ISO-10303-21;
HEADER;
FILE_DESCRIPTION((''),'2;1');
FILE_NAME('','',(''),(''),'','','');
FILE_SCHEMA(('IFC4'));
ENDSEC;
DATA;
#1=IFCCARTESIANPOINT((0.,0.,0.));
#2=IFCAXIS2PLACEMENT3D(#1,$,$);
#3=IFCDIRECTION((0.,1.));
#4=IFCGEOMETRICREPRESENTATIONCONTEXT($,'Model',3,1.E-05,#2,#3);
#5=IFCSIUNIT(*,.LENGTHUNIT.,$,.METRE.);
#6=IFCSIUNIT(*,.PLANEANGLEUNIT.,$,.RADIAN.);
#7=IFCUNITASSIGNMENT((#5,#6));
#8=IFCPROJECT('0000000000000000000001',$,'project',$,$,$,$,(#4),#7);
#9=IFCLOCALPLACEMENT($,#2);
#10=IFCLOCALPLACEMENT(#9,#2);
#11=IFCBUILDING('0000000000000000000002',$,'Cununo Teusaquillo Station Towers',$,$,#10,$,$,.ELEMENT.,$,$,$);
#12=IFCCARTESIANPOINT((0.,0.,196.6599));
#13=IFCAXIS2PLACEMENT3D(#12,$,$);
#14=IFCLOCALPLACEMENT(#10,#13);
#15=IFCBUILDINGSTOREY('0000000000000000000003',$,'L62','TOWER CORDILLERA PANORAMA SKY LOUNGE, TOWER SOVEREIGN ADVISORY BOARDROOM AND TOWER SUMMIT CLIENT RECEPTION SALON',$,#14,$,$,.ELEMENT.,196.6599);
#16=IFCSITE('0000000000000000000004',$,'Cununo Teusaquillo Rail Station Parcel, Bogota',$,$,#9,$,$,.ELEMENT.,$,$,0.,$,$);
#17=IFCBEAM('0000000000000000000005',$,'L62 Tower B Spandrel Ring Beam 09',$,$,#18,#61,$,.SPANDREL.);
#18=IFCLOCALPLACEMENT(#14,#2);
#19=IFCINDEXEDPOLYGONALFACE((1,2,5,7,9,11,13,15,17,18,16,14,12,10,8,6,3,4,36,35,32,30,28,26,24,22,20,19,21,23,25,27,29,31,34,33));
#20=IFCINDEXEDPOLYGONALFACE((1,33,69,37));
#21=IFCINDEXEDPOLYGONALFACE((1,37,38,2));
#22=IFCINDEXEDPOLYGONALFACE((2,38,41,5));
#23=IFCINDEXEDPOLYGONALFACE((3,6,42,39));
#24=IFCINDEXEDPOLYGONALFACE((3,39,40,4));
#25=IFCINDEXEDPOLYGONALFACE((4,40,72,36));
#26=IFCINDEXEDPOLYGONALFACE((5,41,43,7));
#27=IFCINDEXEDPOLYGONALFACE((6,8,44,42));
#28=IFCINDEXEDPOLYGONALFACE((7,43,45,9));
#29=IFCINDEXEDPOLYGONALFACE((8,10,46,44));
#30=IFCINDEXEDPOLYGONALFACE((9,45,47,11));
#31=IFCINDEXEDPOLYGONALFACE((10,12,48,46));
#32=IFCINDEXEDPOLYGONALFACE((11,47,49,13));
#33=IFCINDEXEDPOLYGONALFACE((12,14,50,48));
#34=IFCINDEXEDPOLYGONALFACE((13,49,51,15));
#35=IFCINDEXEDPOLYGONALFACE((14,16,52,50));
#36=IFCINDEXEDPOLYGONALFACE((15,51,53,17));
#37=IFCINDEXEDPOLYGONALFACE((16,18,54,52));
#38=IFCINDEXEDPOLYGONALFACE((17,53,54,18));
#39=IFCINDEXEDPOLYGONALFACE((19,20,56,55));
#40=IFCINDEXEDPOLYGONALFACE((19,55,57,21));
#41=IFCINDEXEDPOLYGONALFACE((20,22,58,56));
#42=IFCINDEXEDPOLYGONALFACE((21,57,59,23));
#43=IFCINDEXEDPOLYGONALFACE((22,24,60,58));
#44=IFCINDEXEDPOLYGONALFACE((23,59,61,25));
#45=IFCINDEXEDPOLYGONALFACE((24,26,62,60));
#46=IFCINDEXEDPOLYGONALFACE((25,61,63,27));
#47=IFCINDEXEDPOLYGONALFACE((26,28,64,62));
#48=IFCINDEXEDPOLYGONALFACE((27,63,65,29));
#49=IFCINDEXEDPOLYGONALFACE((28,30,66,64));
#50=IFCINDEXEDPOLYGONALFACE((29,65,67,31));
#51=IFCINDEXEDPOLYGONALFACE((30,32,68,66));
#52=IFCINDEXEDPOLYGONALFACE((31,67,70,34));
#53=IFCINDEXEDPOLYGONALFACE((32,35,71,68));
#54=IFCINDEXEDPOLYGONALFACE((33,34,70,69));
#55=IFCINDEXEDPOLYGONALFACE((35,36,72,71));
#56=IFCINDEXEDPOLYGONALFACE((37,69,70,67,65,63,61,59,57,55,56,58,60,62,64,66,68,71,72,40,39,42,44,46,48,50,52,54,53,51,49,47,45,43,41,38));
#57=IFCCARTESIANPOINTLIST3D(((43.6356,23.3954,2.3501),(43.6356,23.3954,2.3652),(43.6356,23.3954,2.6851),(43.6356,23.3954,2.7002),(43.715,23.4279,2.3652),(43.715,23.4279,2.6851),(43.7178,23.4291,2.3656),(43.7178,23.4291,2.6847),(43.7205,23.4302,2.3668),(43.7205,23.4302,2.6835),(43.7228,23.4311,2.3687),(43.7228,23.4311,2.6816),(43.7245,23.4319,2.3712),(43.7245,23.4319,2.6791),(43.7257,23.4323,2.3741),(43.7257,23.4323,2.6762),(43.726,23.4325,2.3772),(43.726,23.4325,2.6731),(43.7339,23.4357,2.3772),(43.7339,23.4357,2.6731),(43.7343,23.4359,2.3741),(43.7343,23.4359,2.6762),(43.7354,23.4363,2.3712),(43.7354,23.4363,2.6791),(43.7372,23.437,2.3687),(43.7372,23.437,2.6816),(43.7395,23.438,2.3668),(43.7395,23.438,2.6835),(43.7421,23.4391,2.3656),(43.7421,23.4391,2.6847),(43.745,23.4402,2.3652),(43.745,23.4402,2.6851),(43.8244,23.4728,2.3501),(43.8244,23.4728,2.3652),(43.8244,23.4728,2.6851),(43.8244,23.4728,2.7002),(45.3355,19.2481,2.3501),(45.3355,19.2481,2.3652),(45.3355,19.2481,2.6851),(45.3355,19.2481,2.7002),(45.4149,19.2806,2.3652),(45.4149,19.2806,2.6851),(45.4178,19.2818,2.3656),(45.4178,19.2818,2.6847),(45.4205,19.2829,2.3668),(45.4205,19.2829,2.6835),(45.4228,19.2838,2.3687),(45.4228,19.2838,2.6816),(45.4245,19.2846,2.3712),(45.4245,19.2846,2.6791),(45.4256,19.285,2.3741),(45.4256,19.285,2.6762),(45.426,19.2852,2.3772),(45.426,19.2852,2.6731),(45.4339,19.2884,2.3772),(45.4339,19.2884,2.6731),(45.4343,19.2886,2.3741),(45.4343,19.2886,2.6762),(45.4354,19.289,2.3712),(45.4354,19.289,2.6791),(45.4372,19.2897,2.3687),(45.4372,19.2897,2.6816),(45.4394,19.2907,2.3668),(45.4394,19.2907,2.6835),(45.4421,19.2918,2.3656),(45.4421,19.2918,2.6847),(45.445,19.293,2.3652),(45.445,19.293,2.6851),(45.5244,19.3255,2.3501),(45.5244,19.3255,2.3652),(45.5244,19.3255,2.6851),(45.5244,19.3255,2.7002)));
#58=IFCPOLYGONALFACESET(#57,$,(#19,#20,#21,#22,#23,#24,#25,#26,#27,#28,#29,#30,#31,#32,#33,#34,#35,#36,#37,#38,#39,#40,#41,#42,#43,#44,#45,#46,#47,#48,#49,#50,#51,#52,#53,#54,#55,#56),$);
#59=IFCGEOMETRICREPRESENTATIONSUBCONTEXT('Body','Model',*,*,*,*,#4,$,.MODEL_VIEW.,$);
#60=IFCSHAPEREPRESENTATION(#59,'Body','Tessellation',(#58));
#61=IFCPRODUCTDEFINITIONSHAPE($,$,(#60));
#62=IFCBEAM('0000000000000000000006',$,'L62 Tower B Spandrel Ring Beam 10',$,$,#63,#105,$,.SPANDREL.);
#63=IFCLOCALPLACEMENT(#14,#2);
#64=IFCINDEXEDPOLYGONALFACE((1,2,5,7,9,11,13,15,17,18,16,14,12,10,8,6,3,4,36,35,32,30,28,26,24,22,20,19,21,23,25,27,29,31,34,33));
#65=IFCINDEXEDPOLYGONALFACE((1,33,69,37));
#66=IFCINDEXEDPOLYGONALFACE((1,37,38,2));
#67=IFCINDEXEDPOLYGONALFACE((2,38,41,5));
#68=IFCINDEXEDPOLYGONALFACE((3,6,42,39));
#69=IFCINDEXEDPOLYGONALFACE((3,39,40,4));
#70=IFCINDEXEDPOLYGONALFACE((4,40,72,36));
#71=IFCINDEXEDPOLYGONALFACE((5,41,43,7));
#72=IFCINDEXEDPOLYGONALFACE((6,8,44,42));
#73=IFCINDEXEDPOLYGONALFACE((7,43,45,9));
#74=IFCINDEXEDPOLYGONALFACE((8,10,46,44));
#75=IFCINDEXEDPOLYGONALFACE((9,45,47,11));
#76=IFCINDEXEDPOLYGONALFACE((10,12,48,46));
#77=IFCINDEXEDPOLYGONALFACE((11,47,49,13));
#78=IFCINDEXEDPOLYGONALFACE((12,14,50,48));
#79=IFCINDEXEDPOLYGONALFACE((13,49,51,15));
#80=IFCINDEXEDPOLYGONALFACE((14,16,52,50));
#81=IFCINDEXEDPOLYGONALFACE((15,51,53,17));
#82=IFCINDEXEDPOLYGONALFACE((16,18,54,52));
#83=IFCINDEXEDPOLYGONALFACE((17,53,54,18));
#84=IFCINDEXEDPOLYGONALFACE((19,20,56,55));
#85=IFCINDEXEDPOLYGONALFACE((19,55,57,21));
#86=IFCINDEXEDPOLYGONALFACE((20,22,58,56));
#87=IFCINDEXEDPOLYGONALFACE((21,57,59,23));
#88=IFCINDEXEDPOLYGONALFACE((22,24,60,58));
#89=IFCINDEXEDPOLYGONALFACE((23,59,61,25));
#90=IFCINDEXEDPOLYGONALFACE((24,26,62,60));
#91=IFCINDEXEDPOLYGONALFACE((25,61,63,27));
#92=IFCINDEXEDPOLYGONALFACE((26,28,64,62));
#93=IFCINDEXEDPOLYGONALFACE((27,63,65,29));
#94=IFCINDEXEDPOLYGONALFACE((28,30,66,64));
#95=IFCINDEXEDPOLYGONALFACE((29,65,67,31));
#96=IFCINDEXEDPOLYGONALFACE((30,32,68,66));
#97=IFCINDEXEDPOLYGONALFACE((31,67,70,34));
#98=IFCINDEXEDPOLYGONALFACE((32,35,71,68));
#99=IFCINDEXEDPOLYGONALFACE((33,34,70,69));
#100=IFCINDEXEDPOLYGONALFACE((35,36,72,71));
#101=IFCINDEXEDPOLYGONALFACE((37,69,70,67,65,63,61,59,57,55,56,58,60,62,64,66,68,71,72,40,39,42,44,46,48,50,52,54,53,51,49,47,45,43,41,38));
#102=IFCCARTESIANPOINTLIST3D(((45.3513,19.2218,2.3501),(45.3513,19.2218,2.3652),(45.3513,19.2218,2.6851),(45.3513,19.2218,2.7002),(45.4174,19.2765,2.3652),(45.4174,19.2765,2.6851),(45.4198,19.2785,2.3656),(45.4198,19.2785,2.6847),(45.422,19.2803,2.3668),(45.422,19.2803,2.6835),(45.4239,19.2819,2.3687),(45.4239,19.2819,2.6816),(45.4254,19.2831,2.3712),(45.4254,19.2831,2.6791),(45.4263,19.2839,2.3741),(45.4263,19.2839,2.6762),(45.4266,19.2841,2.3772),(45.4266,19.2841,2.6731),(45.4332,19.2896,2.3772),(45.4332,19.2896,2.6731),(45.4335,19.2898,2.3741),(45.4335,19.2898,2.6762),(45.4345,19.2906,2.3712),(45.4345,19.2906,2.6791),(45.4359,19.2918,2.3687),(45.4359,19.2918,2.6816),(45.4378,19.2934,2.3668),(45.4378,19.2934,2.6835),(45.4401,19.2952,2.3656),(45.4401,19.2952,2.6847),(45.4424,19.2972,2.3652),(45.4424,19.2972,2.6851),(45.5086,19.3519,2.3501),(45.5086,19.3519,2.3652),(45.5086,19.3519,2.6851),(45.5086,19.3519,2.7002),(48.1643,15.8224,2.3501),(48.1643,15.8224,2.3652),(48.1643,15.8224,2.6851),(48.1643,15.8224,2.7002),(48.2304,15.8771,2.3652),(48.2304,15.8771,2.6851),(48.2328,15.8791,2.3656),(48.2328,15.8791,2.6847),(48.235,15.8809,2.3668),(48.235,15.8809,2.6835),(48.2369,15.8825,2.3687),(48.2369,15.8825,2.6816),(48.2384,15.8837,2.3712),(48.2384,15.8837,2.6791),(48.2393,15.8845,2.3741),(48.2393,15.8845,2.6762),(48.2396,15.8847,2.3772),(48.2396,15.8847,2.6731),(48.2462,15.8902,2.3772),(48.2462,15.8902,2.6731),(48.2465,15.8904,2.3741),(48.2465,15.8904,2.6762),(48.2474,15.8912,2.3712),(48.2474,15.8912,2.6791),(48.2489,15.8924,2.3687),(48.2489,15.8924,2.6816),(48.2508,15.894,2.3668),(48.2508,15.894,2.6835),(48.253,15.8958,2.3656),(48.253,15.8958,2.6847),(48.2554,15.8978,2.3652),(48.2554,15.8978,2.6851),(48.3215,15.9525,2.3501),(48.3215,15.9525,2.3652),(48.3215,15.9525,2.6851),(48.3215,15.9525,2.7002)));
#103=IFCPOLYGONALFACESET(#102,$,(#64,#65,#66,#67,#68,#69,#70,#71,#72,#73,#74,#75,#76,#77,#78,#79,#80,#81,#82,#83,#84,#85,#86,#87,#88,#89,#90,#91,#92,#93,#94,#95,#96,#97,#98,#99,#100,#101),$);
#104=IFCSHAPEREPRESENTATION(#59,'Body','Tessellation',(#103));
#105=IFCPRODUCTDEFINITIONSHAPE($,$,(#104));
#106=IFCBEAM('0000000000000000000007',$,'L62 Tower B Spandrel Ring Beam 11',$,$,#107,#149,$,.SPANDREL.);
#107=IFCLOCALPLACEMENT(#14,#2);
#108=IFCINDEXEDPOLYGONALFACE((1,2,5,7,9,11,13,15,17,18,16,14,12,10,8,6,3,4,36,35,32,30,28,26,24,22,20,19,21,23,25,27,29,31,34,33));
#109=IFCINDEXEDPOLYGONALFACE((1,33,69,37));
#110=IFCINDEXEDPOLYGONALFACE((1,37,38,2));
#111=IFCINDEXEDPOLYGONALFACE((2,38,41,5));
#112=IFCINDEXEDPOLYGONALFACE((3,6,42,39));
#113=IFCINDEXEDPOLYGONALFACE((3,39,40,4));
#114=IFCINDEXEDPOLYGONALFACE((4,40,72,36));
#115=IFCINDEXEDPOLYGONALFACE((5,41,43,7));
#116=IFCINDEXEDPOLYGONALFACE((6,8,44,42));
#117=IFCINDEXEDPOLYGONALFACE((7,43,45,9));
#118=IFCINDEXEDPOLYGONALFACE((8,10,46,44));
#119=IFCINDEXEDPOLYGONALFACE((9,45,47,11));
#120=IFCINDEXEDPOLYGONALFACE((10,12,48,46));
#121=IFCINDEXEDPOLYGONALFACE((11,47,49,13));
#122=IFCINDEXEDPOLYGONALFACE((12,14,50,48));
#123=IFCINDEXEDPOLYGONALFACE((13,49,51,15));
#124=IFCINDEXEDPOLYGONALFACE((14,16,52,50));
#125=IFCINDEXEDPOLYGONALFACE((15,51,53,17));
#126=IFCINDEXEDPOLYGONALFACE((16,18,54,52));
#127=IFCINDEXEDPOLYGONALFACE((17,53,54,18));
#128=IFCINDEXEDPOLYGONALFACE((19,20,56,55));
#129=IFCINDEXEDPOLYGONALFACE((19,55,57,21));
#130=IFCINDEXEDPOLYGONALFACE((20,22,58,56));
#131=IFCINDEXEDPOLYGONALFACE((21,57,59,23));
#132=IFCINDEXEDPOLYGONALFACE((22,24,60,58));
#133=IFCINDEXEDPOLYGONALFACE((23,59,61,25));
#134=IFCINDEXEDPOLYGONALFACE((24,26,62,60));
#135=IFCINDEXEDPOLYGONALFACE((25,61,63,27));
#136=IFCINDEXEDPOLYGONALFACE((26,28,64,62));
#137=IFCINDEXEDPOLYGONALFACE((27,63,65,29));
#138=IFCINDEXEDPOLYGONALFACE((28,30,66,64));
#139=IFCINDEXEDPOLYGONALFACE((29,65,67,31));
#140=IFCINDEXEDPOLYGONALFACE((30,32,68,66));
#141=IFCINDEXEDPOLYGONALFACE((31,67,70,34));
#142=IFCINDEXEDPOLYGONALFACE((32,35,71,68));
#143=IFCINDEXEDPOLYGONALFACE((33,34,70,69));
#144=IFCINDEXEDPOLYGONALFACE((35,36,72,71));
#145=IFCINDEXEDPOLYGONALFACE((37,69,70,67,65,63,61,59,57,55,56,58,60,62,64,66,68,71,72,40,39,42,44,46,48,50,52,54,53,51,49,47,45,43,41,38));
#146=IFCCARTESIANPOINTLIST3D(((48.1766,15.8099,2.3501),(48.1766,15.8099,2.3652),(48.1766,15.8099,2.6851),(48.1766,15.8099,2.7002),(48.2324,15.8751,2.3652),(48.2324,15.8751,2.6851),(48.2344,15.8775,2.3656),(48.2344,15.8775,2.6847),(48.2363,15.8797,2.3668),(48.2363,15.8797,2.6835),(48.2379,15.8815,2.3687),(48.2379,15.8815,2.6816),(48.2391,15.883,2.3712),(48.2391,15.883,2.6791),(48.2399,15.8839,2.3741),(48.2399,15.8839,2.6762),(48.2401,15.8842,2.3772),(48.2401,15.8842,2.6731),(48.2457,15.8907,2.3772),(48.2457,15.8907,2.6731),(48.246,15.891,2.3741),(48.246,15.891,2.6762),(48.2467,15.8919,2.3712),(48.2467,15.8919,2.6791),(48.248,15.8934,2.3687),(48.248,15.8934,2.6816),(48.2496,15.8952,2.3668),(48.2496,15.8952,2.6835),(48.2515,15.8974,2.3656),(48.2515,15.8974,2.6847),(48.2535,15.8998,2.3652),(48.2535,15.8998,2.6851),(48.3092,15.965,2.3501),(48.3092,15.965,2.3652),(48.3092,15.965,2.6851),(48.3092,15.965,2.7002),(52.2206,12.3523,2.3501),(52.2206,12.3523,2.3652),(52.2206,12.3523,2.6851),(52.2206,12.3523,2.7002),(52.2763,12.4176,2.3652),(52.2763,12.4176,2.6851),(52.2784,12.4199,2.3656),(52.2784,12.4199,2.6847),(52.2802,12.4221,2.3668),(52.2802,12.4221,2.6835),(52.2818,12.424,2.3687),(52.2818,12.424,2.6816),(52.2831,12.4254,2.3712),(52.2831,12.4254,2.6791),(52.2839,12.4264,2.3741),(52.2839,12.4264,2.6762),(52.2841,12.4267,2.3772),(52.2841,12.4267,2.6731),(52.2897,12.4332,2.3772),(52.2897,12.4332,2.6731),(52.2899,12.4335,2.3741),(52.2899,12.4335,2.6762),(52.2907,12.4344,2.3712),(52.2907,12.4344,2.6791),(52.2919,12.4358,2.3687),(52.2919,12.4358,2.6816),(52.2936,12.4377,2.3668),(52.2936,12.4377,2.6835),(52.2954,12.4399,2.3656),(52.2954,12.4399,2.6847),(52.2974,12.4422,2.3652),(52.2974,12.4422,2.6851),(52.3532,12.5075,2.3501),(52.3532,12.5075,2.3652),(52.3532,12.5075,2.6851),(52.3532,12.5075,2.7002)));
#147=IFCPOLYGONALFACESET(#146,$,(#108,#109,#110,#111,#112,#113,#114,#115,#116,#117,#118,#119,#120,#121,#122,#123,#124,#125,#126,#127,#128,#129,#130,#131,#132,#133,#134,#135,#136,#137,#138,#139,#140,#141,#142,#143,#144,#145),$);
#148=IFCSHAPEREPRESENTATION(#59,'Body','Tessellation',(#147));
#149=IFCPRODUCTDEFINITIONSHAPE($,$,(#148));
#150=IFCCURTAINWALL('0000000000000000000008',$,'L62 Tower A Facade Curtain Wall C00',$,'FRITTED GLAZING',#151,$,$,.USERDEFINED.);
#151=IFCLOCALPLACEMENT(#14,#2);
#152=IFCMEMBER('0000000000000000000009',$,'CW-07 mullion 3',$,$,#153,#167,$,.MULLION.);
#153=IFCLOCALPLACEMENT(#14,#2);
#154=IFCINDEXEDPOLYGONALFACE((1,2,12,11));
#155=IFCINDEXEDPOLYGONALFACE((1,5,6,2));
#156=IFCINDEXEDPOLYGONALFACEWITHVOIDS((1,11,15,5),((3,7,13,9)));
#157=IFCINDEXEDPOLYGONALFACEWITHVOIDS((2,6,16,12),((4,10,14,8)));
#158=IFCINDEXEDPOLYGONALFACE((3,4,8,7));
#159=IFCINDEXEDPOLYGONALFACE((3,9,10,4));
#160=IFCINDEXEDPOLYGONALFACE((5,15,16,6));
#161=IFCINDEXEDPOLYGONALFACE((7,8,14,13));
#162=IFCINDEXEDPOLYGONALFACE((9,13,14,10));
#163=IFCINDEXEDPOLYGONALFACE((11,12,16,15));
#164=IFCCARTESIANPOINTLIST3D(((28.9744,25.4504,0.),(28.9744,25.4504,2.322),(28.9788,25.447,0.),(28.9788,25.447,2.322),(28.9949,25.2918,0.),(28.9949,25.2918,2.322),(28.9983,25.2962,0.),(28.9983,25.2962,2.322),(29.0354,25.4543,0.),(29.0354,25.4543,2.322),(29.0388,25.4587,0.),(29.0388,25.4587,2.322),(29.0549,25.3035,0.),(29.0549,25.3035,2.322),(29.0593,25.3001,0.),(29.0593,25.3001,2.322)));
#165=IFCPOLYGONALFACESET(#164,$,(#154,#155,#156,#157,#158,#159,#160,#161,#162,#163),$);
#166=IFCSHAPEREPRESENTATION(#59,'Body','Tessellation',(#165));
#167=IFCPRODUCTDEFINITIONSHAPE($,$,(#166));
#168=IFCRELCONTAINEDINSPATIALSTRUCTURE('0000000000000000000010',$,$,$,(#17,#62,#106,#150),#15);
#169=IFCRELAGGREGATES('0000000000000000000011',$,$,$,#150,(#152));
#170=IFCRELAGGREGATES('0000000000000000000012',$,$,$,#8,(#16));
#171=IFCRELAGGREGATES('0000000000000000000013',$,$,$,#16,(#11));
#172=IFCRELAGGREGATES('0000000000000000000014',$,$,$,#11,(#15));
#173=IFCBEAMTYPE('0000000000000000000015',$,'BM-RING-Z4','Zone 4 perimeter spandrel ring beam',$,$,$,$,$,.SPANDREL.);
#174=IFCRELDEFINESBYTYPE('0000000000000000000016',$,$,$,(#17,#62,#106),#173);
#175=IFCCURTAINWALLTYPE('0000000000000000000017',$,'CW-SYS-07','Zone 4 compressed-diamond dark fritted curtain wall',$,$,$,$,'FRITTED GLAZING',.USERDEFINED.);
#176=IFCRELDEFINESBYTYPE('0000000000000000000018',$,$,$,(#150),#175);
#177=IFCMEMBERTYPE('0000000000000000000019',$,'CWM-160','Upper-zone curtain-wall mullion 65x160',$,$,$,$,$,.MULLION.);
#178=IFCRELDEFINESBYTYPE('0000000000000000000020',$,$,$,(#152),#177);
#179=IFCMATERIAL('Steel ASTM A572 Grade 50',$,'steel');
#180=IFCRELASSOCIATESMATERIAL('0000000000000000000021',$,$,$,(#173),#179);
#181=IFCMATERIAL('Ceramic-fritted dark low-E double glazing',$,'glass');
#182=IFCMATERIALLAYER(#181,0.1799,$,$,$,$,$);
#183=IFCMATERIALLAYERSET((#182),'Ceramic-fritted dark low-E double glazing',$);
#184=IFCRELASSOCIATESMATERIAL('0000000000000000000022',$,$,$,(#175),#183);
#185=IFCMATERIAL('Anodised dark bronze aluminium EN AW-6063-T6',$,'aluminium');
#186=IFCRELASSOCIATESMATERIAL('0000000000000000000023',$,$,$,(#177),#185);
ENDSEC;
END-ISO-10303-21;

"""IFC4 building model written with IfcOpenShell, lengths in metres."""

from ifc_helpers import new_model, si_unit, direction, frame, origin, origin_2d, place, context, subcontext, project, spatial, hollow_rectangle, i_section, extrude, material, layer, layer_set, material_profile, profile_set, type_object, element, aggregate, save


model = new_model("IFC4")

# Units and contexts
model_context = context("Model", 3, precision=1e-05, world=origin(), true_north=direction((0.0, 1.0)))
body_context = subcontext(model_context, "Body", "Model", "MODEL_VIEW")
ifc_project = project(units=[si_unit("LENGTHUNIT", "METRE"), si_unit("PLANEANGLEUNIT", "RADIAN")], contexts=[model_context])

# Site, building, storey
site_placement = place(None, origin())
site = spatial("IfcSite", under=ifc_project, at=site_placement, Name="Cununo Teusaquillo Rail Station Parcel, Bogota", CompositionType="ELEMENT", RefElevation=0.0)
building_placement = place(site_placement, origin())
building = spatial("IfcBuilding", under=site, at=building_placement, Name="Cununo Teusaquillo Station Towers", CompositionType="ELEMENT")
storey_placement = place(building_placement, frame((0.0, 0.0, 196.6599)))
storey = spatial("IfcBuildingStorey", under=building, at=storey_placement, Name="L62", Description="TOWER CORDILLERA PANORAMA SKY LOUNGE, TOWER SOVEREIGN ADVISORY BOARDROOM AND TOWER SUMMIT CLIENT RECEPTION SALON", CompositionType="ELEMENT", Elevation=196.6599)

# Beams
ifc_material_1 = material(Name="Steel ASTM A572 Grade 50", Category="steel")
ifc_material_profile_1 = material_profile(ifc_material_1, i_section(OverallWidth=0.2041, OverallDepth=0.3501, WebThickness=0.0085, FlangeThickness=0.0151, FilletRadius=0.012, at=origin_2d()), Name="W14X48")
ifc_profile_set_1 = profile_set([ifc_material_profile_1], Name="Steel ASTM A572 Grade 50")
beam_type_1 = type_object("IfcBeamType", Name="BM-RING-Z4", Description="Zone 4 perimeter spandrel ring beam", PredefinedType="SPANDREL", material=ifc_profile_set_1)
beam_1_placement = place(storey_placement, frame((43.73, 23.4341, 2.5251), z_axis=(0.379275, -0.925284, 0.0), x_axis=(0.925284, 0.379275, 0.0)))
element("IfcBeam", 1, at=beam_1_placement, inside=storey, type_object=beam_type_1, Name="L62 Tower B Spandrel Ring Beam 09", PredefinedType="SPANDREL", context=body_context, shape_type="SweptSolid", body=[
    extrude(i_section(OverallWidth=0.2041, OverallDepth=0.3501, WebThickness=0.0085, FlangeThickness=0.0151, FilletRadius=0.012, at=origin_2d()), origin(), (0.0, 0.0, 1.0), 4.4822),
])
beam_2_placement = place(storey_placement, frame((45.4299, 19.2869, 2.5251), z_axis=(0.637525, -0.77043, 0.0), x_axis=(0.77043, 0.637525, 0.0)))
element("IfcBeam", 2, at=beam_2_placement, inside=storey, type_object=beam_type_1, Name="L62 Tower B Spandrel Ring Beam 10", PredefinedType="SPANDREL", context=body_context, shape_type="SweptSolid", body=[
    extrude(i_section(OverallWidth=0.2041, OverallDepth=0.3501, WebThickness=0.0085, FlangeThickness=0.0151, FilletRadius=0.012, at=origin_2d()), origin(), (0.0, 0.0, 1.0), 4.4124),
])
beam_3_placement = place(storey_placement, frame((48.2429, 15.8875, 2.5251), z_axis=(0.760066, -0.649846, 0.0), x_axis=(0.649846, 0.760066, 0.0)))
element("IfcBeam", 3, at=beam_3_placement, inside=storey, type_object=beam_type_1, Name="L62 Tower B Spandrel Ring Beam 11", PredefinedType="SPANDREL", context=body_context, shape_type="SweptSolid", body=[
    extrude(i_section(OverallWidth=0.2041, OverallDepth=0.3501, WebThickness=0.0085, FlangeThickness=0.0151, FilletRadius=0.012, at=origin_2d()), origin(), (0.0, 0.0, 1.0), 5.3206),
])

# Curtain wall, member
ifc_material_2 = material(Name="Ceramic-fritted dark low-E double glazing", Category="glass")
ifc_layer_1 = layer(ifc_material_2, 0.1799)
ifc_layer_set_1 = layer_set([ifc_layer_1], Name="Ceramic-fritted dark low-E double glazing")
curtain_wall_type = type_object("IfcCurtainWallType", Name="CW-SYS-07", Description="Zone 4 compressed-diamond dark fritted curtain wall", ElementType="FRITTED GLAZING", PredefinedType="USERDEFINED", material=ifc_layer_set_1)
curtain_wall_placement = place(storey_placement, origin())
curtain_wall = element("IfcCurtainWall", 4, at=curtain_wall_placement, inside=storey, type_object=curtain_wall_type, Name="L62 Tower A Facade Curtain Wall C00", ObjectType="FRITTED GLAZING", PredefinedType="USERDEFINED")
ifc_material_3 = material(Name="Anodised dark bronze aluminium EN AW-6063-T6", Category="aluminium")
ifc_material_profile_2 = material_profile(ifc_material_3, hollow_rectangle(XDim=0.0649, YDim=0.1599, WallThickness=0.0039, at=origin_2d()), Name="CW-MULL-65x160")
ifc_profile_set_2 = profile_set([ifc_material_profile_2], Name="Anodised dark bronze aluminium EN AW-6063-T6")
member_type_1 = type_object("IfcMemberType", Name="CWM-160", Description="Upper-zone curtain-wall mullion 65x160", PredefinedType="MULLION", material=ifc_profile_set_2)
member_1_placement = place(storey_placement, frame((29.0168, 25.3752, 0.0), z_axis=(0.0, 0.0, 1.0), x_axis=(0.991742, 0.128253, 0.0)))
member_1 = element("IfcMember", 5, at=member_1_placement, type_object=member_type_1, Name="CW-07 mullion 3", PredefinedType="MULLION", context=body_context, shape_type="SweptSolid", body=[
    extrude(hollow_rectangle(XDim=0.0649, YDim=0.1599, WallThickness=0.0039, at=origin_2d()), origin(), (0.0, 0.0, 1.0), 2.322),
])
aggregate(curtain_wall, [member_1])

save(model, "model.ifc")
